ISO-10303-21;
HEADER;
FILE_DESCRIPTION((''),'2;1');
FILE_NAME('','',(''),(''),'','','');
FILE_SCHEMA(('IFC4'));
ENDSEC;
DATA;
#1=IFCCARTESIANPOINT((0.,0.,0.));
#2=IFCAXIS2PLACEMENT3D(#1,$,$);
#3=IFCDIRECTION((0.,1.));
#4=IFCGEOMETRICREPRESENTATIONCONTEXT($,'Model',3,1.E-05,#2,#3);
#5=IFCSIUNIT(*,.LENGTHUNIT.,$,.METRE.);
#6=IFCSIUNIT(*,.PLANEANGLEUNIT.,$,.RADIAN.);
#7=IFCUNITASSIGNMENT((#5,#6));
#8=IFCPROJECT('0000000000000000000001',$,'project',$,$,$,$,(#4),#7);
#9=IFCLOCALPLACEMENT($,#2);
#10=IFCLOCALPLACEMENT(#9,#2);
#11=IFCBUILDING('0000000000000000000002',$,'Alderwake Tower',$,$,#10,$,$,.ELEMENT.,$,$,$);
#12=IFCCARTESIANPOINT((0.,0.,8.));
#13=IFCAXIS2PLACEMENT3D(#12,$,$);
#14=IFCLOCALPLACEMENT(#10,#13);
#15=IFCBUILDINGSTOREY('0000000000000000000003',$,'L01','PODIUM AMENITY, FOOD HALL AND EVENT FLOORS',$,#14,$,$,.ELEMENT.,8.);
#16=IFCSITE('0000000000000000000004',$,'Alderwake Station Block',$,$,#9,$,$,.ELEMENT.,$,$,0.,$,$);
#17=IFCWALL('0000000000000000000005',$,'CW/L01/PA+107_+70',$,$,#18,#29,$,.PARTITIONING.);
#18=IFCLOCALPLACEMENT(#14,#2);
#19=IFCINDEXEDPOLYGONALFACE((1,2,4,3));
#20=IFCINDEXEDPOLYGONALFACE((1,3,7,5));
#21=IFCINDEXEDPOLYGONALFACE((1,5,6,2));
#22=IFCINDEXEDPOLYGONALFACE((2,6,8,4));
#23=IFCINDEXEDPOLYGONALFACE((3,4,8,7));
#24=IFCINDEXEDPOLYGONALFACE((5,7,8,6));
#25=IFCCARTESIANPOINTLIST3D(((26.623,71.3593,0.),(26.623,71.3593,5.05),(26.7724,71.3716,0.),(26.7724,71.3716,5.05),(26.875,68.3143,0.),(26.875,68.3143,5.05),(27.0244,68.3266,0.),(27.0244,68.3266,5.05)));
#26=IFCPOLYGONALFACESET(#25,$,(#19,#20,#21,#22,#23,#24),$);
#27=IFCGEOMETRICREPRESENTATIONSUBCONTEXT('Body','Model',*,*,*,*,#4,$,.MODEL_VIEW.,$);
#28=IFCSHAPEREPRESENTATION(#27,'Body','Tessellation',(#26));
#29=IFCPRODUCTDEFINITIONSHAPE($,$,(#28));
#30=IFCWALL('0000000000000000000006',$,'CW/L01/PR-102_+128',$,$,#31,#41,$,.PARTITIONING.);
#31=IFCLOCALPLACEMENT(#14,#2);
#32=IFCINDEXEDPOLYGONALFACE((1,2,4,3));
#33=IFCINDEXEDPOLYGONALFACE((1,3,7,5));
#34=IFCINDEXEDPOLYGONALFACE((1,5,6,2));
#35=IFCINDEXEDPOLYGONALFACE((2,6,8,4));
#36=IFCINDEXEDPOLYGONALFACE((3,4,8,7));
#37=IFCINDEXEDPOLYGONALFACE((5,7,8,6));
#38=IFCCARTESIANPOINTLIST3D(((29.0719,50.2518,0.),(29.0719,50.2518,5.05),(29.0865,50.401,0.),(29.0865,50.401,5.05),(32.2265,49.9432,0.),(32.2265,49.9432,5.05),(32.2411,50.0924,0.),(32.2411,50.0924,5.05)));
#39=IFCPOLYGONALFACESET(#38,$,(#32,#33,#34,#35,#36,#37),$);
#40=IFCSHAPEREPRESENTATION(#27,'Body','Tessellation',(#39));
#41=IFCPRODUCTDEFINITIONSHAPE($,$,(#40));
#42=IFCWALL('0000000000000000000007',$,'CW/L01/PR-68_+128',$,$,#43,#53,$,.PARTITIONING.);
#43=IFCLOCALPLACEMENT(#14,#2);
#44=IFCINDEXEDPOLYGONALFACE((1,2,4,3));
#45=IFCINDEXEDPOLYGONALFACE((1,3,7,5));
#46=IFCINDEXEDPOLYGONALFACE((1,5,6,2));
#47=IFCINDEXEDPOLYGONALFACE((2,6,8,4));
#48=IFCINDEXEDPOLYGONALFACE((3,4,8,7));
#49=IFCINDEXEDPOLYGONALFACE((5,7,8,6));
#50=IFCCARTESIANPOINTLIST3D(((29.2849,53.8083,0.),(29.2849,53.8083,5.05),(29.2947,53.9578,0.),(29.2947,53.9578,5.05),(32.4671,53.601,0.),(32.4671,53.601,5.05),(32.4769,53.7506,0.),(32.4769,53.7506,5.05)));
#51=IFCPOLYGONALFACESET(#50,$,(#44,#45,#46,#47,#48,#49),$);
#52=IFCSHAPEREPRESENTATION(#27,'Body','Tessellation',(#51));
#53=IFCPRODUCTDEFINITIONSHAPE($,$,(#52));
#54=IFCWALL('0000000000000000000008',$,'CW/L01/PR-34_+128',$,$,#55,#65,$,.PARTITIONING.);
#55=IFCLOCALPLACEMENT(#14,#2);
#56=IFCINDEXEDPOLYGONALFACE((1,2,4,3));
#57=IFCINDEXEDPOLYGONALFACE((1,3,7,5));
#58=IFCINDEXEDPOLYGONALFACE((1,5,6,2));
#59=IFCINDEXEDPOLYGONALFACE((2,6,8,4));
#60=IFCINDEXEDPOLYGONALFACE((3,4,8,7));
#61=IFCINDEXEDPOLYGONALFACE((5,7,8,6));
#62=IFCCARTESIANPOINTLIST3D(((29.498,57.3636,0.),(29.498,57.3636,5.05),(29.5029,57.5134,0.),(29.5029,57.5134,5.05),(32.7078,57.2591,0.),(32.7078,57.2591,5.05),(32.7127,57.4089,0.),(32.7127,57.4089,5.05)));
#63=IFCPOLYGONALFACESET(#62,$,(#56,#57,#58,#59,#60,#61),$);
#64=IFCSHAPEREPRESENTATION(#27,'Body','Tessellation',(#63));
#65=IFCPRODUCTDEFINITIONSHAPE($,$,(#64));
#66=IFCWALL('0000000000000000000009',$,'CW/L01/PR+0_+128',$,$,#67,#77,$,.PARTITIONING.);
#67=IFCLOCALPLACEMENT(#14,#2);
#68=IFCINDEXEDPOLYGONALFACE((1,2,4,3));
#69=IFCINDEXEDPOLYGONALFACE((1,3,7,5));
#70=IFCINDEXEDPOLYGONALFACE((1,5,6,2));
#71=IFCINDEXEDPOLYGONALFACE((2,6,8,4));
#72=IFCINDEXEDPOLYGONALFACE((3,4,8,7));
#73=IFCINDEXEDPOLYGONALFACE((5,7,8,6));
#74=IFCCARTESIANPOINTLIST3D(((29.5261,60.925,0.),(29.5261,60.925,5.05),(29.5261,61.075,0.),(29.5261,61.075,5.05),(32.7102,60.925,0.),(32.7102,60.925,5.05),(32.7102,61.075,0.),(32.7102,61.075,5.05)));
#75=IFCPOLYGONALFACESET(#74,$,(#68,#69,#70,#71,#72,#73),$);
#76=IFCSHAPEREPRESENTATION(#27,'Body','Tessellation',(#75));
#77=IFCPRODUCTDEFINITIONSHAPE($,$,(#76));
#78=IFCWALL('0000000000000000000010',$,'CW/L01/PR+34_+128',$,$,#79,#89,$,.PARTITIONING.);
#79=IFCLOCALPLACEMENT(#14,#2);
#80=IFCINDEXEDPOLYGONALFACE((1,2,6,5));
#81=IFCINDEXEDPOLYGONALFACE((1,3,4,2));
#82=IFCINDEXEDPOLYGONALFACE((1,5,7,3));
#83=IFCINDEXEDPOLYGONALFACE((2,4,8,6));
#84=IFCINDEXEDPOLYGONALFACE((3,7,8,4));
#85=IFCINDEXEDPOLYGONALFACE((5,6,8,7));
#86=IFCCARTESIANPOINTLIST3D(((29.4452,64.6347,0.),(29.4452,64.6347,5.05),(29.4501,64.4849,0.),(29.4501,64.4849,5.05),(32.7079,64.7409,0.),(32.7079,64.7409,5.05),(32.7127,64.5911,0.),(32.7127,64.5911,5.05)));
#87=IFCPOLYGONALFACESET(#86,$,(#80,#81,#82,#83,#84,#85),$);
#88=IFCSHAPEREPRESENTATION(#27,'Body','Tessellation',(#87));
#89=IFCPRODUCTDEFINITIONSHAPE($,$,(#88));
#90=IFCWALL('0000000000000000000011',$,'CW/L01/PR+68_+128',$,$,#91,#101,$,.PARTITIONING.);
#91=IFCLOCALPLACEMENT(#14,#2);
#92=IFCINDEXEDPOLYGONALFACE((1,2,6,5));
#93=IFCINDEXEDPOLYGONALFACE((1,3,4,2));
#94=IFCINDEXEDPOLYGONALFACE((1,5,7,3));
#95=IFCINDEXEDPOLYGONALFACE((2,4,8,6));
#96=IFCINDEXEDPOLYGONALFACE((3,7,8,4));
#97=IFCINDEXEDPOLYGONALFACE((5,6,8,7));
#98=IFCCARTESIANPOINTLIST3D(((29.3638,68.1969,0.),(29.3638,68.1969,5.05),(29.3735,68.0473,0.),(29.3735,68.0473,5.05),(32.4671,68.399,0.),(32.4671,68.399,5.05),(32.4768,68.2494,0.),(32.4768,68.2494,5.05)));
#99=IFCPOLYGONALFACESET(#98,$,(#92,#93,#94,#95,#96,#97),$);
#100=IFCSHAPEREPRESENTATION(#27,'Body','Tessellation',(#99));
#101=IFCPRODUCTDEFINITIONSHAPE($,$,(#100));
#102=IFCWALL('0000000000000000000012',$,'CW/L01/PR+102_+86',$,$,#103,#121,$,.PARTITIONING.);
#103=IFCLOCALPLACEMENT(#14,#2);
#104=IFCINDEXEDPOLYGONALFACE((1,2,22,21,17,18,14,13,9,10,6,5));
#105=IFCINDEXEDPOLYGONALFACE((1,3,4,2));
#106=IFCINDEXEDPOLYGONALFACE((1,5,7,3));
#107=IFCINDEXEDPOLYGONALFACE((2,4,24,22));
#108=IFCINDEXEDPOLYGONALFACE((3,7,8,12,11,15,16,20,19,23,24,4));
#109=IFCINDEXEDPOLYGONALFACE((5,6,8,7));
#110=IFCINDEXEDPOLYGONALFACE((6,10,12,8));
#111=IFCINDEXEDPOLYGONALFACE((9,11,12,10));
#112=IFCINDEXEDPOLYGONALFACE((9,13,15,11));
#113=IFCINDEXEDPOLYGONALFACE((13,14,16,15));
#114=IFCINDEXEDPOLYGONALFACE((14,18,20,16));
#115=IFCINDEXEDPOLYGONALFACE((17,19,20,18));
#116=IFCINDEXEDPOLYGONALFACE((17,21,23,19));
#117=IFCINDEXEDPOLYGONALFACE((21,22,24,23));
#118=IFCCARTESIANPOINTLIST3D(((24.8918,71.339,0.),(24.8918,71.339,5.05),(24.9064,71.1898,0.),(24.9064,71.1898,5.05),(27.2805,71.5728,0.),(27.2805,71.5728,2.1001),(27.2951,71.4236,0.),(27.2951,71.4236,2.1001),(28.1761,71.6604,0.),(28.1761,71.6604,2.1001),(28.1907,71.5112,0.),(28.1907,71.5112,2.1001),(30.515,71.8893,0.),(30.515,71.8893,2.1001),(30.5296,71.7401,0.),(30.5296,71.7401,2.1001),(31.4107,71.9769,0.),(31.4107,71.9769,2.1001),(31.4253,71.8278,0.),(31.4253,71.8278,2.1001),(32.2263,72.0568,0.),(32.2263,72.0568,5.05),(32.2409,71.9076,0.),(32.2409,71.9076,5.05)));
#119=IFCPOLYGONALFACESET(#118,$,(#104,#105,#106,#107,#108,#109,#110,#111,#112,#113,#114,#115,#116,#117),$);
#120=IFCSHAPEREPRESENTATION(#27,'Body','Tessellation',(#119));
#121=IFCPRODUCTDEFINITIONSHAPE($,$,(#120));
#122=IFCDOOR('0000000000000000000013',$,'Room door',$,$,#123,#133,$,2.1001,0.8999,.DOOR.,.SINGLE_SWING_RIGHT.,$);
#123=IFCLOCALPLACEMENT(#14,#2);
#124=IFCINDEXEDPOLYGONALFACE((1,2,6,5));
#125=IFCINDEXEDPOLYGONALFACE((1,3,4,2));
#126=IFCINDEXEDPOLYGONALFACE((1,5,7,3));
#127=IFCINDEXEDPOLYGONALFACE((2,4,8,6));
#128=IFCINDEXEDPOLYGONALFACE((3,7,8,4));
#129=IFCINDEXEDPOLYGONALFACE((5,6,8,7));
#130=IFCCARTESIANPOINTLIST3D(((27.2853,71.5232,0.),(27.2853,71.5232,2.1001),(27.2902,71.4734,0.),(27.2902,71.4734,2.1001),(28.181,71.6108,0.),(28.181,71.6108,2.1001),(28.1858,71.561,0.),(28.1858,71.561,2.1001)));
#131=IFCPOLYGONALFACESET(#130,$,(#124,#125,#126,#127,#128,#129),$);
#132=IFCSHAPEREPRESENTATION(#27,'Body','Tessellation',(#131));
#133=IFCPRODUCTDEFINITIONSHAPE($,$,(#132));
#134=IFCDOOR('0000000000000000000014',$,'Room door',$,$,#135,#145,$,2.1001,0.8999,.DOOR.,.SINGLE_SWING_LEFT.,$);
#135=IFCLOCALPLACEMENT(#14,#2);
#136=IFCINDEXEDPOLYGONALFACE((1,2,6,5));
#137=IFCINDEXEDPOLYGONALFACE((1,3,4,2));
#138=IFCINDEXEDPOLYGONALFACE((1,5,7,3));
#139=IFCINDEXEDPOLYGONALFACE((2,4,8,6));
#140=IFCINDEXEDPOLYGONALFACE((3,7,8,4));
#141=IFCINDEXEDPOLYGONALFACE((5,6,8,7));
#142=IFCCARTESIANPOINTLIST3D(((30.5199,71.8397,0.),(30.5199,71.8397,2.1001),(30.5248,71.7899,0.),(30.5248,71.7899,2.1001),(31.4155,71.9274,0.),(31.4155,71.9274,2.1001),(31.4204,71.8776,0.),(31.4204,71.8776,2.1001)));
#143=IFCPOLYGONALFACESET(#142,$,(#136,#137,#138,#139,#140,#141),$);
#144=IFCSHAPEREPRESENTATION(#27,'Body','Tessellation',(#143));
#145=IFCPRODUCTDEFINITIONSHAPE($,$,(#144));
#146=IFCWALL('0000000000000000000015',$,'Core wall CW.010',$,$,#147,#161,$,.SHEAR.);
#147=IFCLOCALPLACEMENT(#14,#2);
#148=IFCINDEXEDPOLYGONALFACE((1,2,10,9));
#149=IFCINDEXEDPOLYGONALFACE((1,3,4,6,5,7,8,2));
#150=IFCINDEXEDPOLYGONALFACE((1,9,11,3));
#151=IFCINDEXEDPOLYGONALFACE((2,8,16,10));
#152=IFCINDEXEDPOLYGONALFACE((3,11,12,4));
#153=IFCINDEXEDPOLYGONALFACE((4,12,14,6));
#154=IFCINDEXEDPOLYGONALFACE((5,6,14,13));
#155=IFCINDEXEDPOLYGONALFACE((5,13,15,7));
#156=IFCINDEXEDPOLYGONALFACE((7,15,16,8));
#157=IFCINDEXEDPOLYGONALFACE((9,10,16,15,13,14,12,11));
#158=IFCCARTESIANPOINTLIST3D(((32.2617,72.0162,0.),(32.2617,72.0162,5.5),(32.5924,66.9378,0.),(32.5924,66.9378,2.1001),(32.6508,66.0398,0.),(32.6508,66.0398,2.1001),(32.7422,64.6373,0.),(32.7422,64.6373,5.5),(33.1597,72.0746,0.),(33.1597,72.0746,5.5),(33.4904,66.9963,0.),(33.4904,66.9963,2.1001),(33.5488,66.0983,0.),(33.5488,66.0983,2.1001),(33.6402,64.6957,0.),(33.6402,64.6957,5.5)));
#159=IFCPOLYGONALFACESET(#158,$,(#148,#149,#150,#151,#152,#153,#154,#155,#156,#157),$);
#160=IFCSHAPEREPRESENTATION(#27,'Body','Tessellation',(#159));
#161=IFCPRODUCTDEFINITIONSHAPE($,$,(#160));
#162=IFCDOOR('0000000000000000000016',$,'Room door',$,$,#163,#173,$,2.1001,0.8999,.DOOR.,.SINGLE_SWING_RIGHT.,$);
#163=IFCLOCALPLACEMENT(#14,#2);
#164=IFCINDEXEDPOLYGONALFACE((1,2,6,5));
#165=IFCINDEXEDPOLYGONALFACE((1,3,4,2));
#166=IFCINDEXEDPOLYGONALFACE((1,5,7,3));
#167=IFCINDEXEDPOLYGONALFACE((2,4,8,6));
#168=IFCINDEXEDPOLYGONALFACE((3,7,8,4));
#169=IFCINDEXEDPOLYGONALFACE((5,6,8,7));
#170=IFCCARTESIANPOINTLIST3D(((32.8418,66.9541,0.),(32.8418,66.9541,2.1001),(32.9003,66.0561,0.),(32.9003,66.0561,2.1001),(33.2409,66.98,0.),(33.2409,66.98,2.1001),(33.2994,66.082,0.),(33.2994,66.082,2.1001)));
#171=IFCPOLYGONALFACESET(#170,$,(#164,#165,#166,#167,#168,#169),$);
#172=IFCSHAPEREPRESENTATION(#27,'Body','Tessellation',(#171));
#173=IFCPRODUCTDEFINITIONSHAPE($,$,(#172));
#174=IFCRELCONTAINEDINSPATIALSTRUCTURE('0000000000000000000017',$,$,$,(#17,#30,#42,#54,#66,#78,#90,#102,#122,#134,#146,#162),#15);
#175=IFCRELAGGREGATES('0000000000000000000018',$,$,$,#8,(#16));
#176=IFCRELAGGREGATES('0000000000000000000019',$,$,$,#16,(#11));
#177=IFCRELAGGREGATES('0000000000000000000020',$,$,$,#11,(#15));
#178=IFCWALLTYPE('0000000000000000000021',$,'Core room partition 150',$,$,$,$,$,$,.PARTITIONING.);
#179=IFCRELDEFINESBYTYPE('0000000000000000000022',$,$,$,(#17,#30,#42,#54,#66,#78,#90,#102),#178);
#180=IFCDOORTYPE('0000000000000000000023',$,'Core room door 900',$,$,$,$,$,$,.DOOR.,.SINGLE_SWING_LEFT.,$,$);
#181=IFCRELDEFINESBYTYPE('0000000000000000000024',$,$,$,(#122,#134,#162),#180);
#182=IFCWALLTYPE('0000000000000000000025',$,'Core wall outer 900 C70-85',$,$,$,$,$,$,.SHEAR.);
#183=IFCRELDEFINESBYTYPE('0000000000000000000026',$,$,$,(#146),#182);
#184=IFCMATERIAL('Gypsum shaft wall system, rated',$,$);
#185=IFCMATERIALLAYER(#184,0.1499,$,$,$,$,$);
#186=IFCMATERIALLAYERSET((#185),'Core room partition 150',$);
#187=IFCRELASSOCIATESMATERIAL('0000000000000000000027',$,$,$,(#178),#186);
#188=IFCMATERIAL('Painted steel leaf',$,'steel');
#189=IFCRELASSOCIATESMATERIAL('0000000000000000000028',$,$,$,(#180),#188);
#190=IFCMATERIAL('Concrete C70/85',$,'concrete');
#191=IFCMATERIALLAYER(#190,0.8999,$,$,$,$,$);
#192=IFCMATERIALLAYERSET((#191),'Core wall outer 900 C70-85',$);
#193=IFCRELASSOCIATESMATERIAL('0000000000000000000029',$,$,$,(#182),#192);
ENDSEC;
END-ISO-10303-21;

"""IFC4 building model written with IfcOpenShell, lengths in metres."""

from ifc_helpers import new_model, si_unit, direction, frame, frame_2d, origin, place, context, subcontext, project, spatial, rectangle, extrude, material, layer, layer_set, type_object, element, fill, save


model = new_model("IFC4")

# Units and contexts
model_context = context("Model", 3, precision=1e-05, world=origin(), true_north=direction((0.0, 1.0)))
body_context = subcontext(model_context, "Body", "Model", "MODEL_VIEW")
ifc_project = project(units=[si_unit("LENGTHUNIT", "METRE"), si_unit("PLANEANGLEUNIT", "RADIAN")], contexts=[model_context])

# Site, building, storey
site_placement = place(None, origin())
site = spatial("IfcSite", under=ifc_project, at=site_placement, Name="Alderwake Station Block", CompositionType="ELEMENT", RefElevation=0.0)
building_placement = place(site_placement, origin())
building = spatial("IfcBuilding", under=site, at=building_placement, Name="Alderwake Tower", CompositionType="ELEMENT")
storey_placement = place(building_placement, frame((0.0, 0.0, 8.0)))
storey = spatial("IfcBuildingStorey", under=building, at=storey_placement, Name="L01", Description="PODIUM AMENITY, FOOD HALL AND EVENT FLOORS", CompositionType="ELEMENT", Elevation=8.0)

# Walls
ifc_material_1 = material(Name="Gypsum shaft wall system, rated")
ifc_layer_1 = layer(ifc_material_1, 0.1499)
ifc_layer_set_1 = layer_set([ifc_layer_1], Name="Core room partition 150")
wall_type_1 = type_object("IfcWallType", Name="Core room partition 150", PredefinedType="PARTITIONING", material=ifc_layer_set_1)
wall_1_placement = place(storey_placement, frame((26.9497, 68.3203, 0.0), z_axis=(0.0, 0.0, 1.0), x_axis=(-0.082464, 0.996594, 0.0)))
element("IfcWall", 1, at=wall_1_placement, inside=storey, type_object=wall_type_1, Name="CW/L01/PA+107_+70", PredefinedType="PARTITIONING", context=body_context, shape_type="SweptSolid", body=[
    extrude(rectangle(XDim=3.0554, YDim=0.1499, at=frame_2d((1.5278, 0.0))), origin(), (0.0, 0.0, 1.0), 5.05),
])
wall_2_placement = place(storey_placement, frame((29.0791, 50.3264, 0.0), z_axis=(0.0, 0.0, 1.0), x_axis=(0.995249, -0.09736, 0.0)))
element("IfcWall", 2, at=wall_2_placement, inside=storey, type_object=wall_type_1, Name="CW/L01/PR-102_+128", PredefinedType="PARTITIONING", context=body_context, shape_type="SweptSolid", body=[
    extrude(rectangle(XDim=3.1697, YDim=0.1499, at=frame_2d((1.585, 0.0))), origin(), (0.0, 0.0, 1.0), 5.05),
])
wall_3_placement = place(storey_placement, frame((29.2898, 53.8831, 0.0), z_axis=(0.0, 0.0, 1.0), x_axis=(0.997885, -0.065, 0.0)))
element("IfcWall", 3, at=wall_3_placement, inside=storey, type_object=wall_type_1, Name="CW/L01/PR-68_+128", PredefinedType="PARTITIONING", context=body_context, shape_type="SweptSolid", body=[
    extrude(rectangle(XDim=3.189, YDim=0.1499, at=frame_2d((1.5945, 0.0))), origin(), (0.0, 0.0, 1.0), 5.05),
])
wall_4_placement = place(storey_placement, frame((29.5005, 57.4385, 0.0), z_axis=(0.0, 0.0, 1.0), x_axis=(0.999471, -0.032538, 0.0)))
element("IfcWall", 4, at=wall_4_placement, inside=storey, type_object=wall_type_1, Name="CW/L01/PR-34_+128", PredefinedType="PARTITIONING", context=body_context, shape_type="SweptSolid", body=[
    extrude(rectangle(XDim=3.2114, YDim=0.1499, at=frame_2d((1.6057, 0.0))), origin(), (0.0, 0.0, 1.0), 5.05),
])
wall_5_placement = place(storey_placement, frame((29.5261, 61.0, 0.0), z_axis=(0.0, 0.0, 1.0), x_axis=(1.0, 0.0, 0.0)))
element("IfcWall", 5, at=wall_5_placement, inside=storey, type_object=wall_type_1, Name="CW/L01/PR+0_+128", PredefinedType="PARTITIONING", context=body_context, shape_type="SweptSolid", body=[
    extrude(rectangle(XDim=3.1841, YDim=0.1499, at=frame_2d((1.592, 0.0))), origin(), (0.0, 0.0, 1.0), 5.05),
])
wall_6_placement = place(storey_placement, frame((29.4475, 64.5598, 0.0), z_axis=(0.0, 0.0, 1.0), x_axis=(0.999471, 0.032533, 0.0)))
element("IfcWall", 6, at=wall_6_placement, inside=storey, type_object=wall_type_1, Name="CW/L01/PR+34_+128", PredefinedType="PARTITIONING", context=body_context, shape_type="SweptSolid", body=[
    extrude(rectangle(XDim=3.2644, YDim=0.1499, at=frame_2d((1.6323, 0.0))), origin(), (0.0, 0.0, 1.0), 5.05),
])
wall_7_placement = place(storey_placement, frame((29.3687, 68.1221, 0.0), z_axis=(0.0, 0.0, 1.0), x_axis=(0.997885, 0.065003, 0.0)))
element("IfcWall", 7, at=wall_7_placement, inside=storey, type_object=wall_type_1, Name="CW/L01/PR+68_+128", PredefinedType="PARTITIONING", context=body_context, shape_type="SweptSolid", body=[
    extrude(rectangle(XDim=3.1099, YDim=0.1499, at=frame_2d((1.5549, 0.0))), origin(), (0.0, 0.0, 1.0), 5.05),
])

# Wall, openings, doors
wall_8_placement = place(storey_placement, frame((32.2336, 71.9822, 0.0), z_axis=(0.0, 0.0, 1.0), x_axis=(-0.995246, -0.097398, 0.0)))
wall_8 = element("IfcWall", 8, at=wall_8_placement, inside=storey, type_object=wall_type_1, Name="CW/L01/PR+102_+86", PredefinedType="PARTITIONING", context=body_context, shape_type="SweptSolid", body=[
    extrude(rectangle(XDim=7.3696, YDim=0.1499, at=frame_2d((3.6848, 0.0))), origin(), (0.0, 0.0, 1.0), 5.05),
])
opening_1_placement = place(wall_8_placement, frame((4.0696, 0.0, 0.0)))
opening_1 = element("IfcOpeningElement", 9, at=opening_1_placement, cuts=wall_8, PredefinedType="OPENING", context=body_context, shape_type="SweptSolid", body=[
    extrude(rectangle(XDim=0.8999, YDim=2.1001, at=frame_2d((0.45, 1.05))), frame((0.0, 0.085, 0.0), z_axis=(0.0, -1.0, 0.0), x_axis=(1.0, 0.0, 0.0)), (0.0, 0.0, 1.0), 0.1699),
])
opening_2_placement = place(wall_8_placement, frame((0.8196, 0.0, 0.0)))
opening_2 = element("IfcOpeningElement", 10, at=opening_2_placement, cuts=wall_8, PredefinedType="OPENING", context=body_context, shape_type="SweptSolid", body=[
    extrude(rectangle(XDim=0.8999, YDim=2.1001, at=frame_2d((0.45, 1.05))), frame((0.0, 0.085, 0.0), z_axis=(0.0, -1.0, 0.0), x_axis=(1.0, 0.0, 0.0)), (0.0, 0.0, 1.0), 0.1699),
])
ifc_material_2 = material(Name="Painted steel leaf", Category="steel")
door_type_1 = type_object("IfcDoorType", Name="Core room door 900", OperationType="SINGLE_SWING_LEFT", PredefinedType="DOOR", material=ifc_material_2)
door_1_placement = place(opening_1_placement, origin())
door_1 = element("IfcDoor", 11, at=door_1_placement, inside=storey, type_object=door_type_1, Name="Room door", OperationType="SINGLE_SWING_RIGHT", OverallHeight=2.1001, OverallWidth=0.8999, PredefinedType="DOOR", context=body_context, shape_type="SweptSolid", body=[
    extrude(rectangle(XDim=0.8999, YDim=2.1001, at=frame_2d((0.45, 1.05))), frame((0.0, 0.0249, 0.0), z_axis=(0.0, -1.0, 0.0), x_axis=(1.0, 0.0, 0.0)), (0.0, 0.0, 1.0), 0.05),
])
fill(opening_1, door_1)
door_2_placement = place(opening_2_placement, origin())
door_2 = element("IfcDoor", 12, at=door_2_placement, inside=storey, type_object=door_type_1, Name="Room door", OperationType="SINGLE_SWING_LEFT", OverallHeight=2.1001, OverallWidth=0.8999, PredefinedType="DOOR", context=body_context, shape_type="SweptSolid", body=[
    extrude(rectangle(XDim=0.8999, YDim=2.1001, at=frame_2d((0.45, 1.05))), frame((0.0, 0.0249, 0.0), z_axis=(0.0, -1.0, 0.0), x_axis=(1.0, 0.0, 0.0)), (0.0, 0.0, 1.0), 0.05),
])
fill(opening_2, door_2)

# Wall, opening, door
ifc_material_3 = material(Name="Concrete C70/85", Category="concrete")
ifc_layer_2 = layer(ifc_material_3, 0.8999)
ifc_layer_set_2 = layer_set([ifc_layer_2], Name="Core wall outer 900 C70-85")
wall_type_2 = type_object("IfcWallType", Name="Core wall outer 900 C70-85", PredefinedType="SHEAR", material=ifc_layer_set_2)
wall_9_placement = place(storey_placement, frame((32.7107, 72.0454, 0.0), z_axis=(0.0, 0.0, 1.0), x_axis=(0.064976, -0.997887, 0.0)))
wall_9 = element("IfcWall", 13, at=wall_9_placement, inside=storey, type_object=wall_type_2, Name="Core wall CW.010", PredefinedType="SHEAR", context=body_context, shape_type="SweptSolid", body=[
    extrude(rectangle(XDim=7.3945, YDim=0.8999, at=frame_2d((3.6973, 0.0))), origin(), (0.0, 0.0, 1.0), 5.5),
])
opening_3_placement = place(wall_9_placement, frame((5.0891, 0.0, 0.0)))
opening_3 = element("IfcOpeningElement", 14, at=opening_3_placement, cuts=wall_9, PredefinedType="OPENING", context=body_context, shape_type="SweptSolid", body=[
    extrude(rectangle(XDim=0.8999, YDim=2.1001, at=frame_2d((0.45, 1.05))), frame((0.0, 0.46, 0.0), z_axis=(0.0, -1.0, 0.0), x_axis=(1.0, 0.0, 0.0)), (0.0, 0.0, 1.0), 0.9199),
])
door_3_placement = place(opening_3_placement, origin())
door_3 = element("IfcDoor", 15, at=door_3_placement, inside=storey, type_object=door_type_1, Name="Room door", OperationType="SINGLE_SWING_RIGHT", OverallHeight=2.1001, OverallWidth=0.8999, PredefinedType="DOOR", context=body_context, shape_type="SweptSolid", body=[
    extrude(rectangle(XDim=0.8999, YDim=2.1001, at=frame_2d((0.45, 1.05))), frame((0.0, 0.2, 0.0), z_axis=(0.0, -1.0, 0.0), x_axis=(1.0, 0.0, 0.0)), (0.0, 0.0, 1.0), 0.3999),
])
fill(opening_3, door_3)

save(model, "model.ifc")
